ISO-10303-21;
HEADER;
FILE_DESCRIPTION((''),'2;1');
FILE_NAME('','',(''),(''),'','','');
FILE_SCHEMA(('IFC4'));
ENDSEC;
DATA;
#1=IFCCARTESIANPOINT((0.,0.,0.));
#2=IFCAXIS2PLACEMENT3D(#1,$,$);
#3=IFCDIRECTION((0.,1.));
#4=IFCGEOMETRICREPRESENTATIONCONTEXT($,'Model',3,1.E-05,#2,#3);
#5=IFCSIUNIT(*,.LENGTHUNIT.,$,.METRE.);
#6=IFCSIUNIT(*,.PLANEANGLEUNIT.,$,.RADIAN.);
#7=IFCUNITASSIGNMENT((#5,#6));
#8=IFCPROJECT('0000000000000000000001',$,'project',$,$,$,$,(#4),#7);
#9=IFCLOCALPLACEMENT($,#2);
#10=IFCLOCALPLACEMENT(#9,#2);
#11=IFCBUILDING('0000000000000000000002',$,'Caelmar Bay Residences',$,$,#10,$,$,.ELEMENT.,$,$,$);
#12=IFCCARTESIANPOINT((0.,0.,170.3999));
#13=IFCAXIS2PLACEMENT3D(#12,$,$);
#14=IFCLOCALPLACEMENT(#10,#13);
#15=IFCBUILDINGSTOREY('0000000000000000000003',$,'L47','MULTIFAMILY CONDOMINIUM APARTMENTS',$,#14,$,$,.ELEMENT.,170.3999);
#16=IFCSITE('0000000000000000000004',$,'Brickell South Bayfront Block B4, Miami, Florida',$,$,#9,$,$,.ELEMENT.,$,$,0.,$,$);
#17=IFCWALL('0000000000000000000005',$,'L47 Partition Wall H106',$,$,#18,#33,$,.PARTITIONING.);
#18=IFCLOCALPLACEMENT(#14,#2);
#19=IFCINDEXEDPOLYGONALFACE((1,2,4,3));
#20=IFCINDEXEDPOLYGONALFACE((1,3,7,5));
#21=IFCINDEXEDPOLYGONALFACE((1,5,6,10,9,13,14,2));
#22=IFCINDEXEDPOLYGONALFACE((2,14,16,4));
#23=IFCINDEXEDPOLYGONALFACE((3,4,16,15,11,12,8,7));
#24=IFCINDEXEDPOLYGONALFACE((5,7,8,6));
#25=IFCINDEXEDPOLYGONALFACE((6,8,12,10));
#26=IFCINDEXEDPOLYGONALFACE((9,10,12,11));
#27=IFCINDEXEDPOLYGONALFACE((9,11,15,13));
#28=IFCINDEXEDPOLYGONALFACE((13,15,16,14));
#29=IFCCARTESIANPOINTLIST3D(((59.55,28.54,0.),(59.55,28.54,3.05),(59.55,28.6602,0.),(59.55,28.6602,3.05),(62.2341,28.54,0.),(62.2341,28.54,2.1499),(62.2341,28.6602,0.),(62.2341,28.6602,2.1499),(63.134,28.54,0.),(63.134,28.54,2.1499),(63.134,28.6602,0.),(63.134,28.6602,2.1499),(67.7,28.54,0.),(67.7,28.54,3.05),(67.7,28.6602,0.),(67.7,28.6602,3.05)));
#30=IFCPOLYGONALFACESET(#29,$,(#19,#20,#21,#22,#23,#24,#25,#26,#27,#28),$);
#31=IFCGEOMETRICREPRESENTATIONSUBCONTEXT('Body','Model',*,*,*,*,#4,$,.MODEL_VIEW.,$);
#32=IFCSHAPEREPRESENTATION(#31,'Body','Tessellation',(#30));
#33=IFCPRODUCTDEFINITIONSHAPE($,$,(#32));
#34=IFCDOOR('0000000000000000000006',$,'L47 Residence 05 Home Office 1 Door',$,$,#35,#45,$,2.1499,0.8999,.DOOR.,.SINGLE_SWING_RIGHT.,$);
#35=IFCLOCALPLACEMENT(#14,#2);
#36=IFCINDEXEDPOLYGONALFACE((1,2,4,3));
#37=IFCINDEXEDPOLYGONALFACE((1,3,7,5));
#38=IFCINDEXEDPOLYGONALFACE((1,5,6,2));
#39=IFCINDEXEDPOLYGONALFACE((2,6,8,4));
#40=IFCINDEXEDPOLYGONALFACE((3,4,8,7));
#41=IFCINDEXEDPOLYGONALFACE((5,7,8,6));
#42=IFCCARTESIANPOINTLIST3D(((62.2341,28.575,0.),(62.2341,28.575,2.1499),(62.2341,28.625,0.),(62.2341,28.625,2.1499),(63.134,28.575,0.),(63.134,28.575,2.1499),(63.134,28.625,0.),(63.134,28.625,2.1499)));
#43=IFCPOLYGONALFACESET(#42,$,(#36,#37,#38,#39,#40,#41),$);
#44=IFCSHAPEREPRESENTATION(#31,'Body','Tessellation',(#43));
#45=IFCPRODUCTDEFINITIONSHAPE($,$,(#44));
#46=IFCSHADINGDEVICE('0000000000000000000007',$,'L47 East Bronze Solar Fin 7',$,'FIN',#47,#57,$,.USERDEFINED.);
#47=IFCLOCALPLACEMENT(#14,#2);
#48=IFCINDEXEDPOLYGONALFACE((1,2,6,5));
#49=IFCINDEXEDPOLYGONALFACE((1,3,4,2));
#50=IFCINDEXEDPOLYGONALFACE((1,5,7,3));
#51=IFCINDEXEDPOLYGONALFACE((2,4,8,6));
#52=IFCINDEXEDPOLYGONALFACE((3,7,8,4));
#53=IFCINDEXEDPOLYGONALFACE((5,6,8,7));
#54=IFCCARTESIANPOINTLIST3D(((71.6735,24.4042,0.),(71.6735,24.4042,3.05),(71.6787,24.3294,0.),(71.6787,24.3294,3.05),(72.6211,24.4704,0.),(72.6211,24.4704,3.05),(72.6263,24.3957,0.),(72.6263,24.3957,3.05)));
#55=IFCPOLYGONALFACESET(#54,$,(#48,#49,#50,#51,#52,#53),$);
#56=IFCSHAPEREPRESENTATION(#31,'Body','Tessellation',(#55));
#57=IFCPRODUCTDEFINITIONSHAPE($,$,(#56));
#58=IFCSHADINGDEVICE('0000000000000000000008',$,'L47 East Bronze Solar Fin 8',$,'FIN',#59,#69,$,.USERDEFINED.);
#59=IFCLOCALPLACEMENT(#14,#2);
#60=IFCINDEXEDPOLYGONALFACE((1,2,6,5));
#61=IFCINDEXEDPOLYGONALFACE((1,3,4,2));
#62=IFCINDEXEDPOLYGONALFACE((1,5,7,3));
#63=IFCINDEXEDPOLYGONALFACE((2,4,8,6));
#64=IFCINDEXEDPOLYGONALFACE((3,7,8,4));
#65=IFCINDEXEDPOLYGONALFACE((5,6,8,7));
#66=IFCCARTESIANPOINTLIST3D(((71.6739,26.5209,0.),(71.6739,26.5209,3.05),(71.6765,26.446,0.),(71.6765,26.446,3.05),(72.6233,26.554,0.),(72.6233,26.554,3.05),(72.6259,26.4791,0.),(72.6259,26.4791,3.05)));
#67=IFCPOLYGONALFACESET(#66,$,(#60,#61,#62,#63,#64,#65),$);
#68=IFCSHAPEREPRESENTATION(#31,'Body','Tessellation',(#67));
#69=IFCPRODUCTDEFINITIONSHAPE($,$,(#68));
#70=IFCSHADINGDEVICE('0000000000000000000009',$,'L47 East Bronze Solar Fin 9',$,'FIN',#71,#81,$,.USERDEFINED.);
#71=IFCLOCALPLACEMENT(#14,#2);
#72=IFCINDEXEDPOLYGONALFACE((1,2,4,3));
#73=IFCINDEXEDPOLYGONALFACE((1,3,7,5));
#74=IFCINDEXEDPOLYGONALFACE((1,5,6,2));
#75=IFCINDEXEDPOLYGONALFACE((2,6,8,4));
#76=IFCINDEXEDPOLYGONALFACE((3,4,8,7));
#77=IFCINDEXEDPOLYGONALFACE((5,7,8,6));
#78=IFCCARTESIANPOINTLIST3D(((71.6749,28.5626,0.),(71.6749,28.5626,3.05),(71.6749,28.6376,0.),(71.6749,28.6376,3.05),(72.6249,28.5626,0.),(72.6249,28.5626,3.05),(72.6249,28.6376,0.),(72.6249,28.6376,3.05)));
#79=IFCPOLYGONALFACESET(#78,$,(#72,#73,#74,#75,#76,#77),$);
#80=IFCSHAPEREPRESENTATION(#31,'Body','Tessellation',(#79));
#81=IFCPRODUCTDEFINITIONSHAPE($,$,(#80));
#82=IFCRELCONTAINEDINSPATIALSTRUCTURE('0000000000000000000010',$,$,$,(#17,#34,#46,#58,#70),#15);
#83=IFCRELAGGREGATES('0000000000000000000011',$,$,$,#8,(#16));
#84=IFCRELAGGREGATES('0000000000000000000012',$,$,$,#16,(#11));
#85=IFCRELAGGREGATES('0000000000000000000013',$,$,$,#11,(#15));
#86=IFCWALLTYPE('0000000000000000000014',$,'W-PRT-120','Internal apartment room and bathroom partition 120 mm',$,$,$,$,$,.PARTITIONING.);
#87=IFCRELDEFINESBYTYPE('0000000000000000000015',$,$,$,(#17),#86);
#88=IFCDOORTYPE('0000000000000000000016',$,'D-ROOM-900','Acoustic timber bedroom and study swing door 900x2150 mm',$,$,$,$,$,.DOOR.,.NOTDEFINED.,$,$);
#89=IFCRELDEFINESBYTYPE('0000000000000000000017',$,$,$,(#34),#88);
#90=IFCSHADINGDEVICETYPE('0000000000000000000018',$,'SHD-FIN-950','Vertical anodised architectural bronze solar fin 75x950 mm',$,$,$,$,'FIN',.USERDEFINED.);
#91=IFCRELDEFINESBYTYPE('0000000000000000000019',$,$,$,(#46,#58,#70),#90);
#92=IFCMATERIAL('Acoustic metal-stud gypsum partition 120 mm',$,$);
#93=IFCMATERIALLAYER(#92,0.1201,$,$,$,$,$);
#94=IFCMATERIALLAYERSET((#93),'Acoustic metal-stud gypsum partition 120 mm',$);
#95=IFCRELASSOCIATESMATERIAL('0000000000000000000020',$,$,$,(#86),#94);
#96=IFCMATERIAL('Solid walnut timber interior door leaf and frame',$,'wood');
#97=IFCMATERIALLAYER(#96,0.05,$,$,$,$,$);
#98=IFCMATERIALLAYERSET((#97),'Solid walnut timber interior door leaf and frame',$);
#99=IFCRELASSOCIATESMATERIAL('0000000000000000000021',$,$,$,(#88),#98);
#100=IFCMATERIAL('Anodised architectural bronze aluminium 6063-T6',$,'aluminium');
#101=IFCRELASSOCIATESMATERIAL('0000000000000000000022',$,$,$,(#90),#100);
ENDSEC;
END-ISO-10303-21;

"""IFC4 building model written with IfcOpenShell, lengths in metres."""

from ifc_helpers import new_model, si_unit, direction, frame, frame_2d, origin, origin_2d, place, context, subcontext, project, spatial, rectangle, extrude, material, layer, layer_set, material_profile, profile_set, type_object, element, fill, save


model = new_model("IFC4")

# Units and contexts
model_context = context("Model", 3, precision=1e-05, world=origin(), true_north=direction((0.0, 1.0)))
body_context = subcontext(model_context, "Body", "Model", "MODEL_VIEW")
ifc_project = project(units=[si_unit("LENGTHUNIT", "METRE"), si_unit("PLANEANGLEUNIT", "RADIAN")], contexts=[model_context])

# Site, building, storey
site_placement = place(None, origin())
site = spatial("IfcSite", under=ifc_project, at=site_placement, Name="Brickell South Bayfront Block B4, Miami, Florida", CompositionType="ELEMENT", RefElevation=0.0)
building_placement = place(site_placement, origin())
building = spatial("IfcBuilding", under=site, at=building_placement, Name="Caelmar Bay Residences", CompositionType="ELEMENT")
storey_placement = place(building_placement, frame((0.0, 0.0, 170.3999)))
storey = spatial("IfcBuildingStorey", under=building, at=storey_placement, Name="L47", Description="MULTIFAMILY CONDOMINIUM APARTMENTS", CompositionType="ELEMENT", Elevation=170.3999)

# Shared definitions
ifc_material_1 = material(Name="Acoustic metal-stud gypsum partition 120 mm")
ifc_layer_1 = layer(ifc_material_1, 0.1201)
ifc_layer_set_1 = layer_set([ifc_layer_1], Name="Acoustic metal-stud gypsum partition 120 mm")
wall_type = type_object("IfcWallType", Name="W-PRT-120", Description="Internal apartment room and bathroom partition 120 mm", PredefinedType="PARTITIONING", material=ifc_layer_set_1)

# Shared definitions
ifc_material_2 = material(Name="Solid walnut timber interior door leaf and frame", Category="wood")
ifc_layer_2 = layer(ifc_material_2, 0.05)
ifc_layer_set_2 = layer_set([ifc_layer_2], Name="Solid walnut timber interior door leaf and frame")
door_type_1 = type_object("IfcDoorType", Name="D-ROOM-900", Description="Acoustic timber bedroom and study swing door 900x2150 mm", OperationType="NOTDEFINED", PredefinedType="DOOR", material=ifc_layer_set_2)

# Wall, opening, door
wall_1_placement = place(storey_placement, frame((59.55, 28.6001, 0.0), z_axis=(0.0, 0.0, 1.0), x_axis=(1.0, 0.0, 0.0)))
wall_1 = element("IfcWall", 1, at=wall_1_placement, inside=storey, type_object=wall_type, Name="L47 Partition Wall H106", PredefinedType="PARTITIONING", context=body_context, shape_type="SweptSolid", body=[
    extrude(rectangle(XDim=8.1499, YDim=0.1201, at=frame_2d((4.075, 0.0))), origin(), (0.0, 0.0, 1.0), 3.05),
])
opening_1_placement = place(wall_1_placement, frame((2.6841, 0.0, 0.0)))
opening_1 = element("IfcOpeningElement", 2, at=opening_1_placement, cuts=wall_1, PredefinedType="OPENING", context=body_context, shape_type="SweptSolid", body=[
    extrude(rectangle(XDim=0.8999, YDim=2.1499, at=frame_2d((0.45, 1.075))), frame((0.0, 0.0701, 0.0), z_axis=(0.0, -1.0, 0.0), x_axis=(1.0, 0.0, 0.0)), (0.0, 0.0, 1.0), 0.1401),
])
door_1_placement = place(opening_1_placement, origin())
door_1 = element("IfcDoor", 3, at=door_1_placement, inside=storey, type_object=door_type_1, Name="L47 Residence 05 Home Office 1 Door", OperationType="SINGLE_SWING_RIGHT", OverallHeight=2.1499, OverallWidth=0.8999, PredefinedType="DOOR", context=body_context, shape_type="SweptSolid", body=[
    extrude(rectangle(XDim=0.8999, YDim=2.1499, at=frame_2d((0.45, 1.075))), frame((0.0, 0.0249, 0.0), z_axis=(0.0, -1.0, 0.0), x_axis=(1.0, 0.0, 0.0)), (0.0, 0.0, 1.0), 0.05),
])
fill(opening_1, door_1)

# Shading devices
ifc_material_3 = material(Name="Anodised architectural bronze aluminium 6063-T6", Category="aluminium")
ifc_material_profile_1 = material_profile(ifc_material_3, rectangle(XDim=0.075, YDim=0.95, at=origin_2d()), Name="BRONZE-FIN-75X950")
ifc_profile_set_1 = profile_set([ifc_material_profile_1], Name="Anodised architectural bronze aluminium 6063-T6")
shading_device_type = type_object("IfcShadingDeviceType", Name="SHD-FIN-950", Description="Vertical anodised architectural bronze solar fin 75x950 mm", ElementType="FIN", PredefinedType="USERDEFINED", material=ifc_profile_set_1)
for number, where, z_axis, x_axis, name in (
    (4, (72.1499, 24.3999, 0.0), (0.0, 0.0, 1.0), (-0.069756, 0.997564, 0.0), "L47 East Bronze Solar Fin 7"),
    (5, (72.1499, 26.5, 0.0), (0.0, 0.0, 1.0), (-0.034899, 0.999391, 0.0), "L47 East Bronze Solar Fin 8"),
    (6, (72.1499, 28.6001, 0.0), (0.0, 0.0, 1.0), (0.0, 1.0, 0.0), "L47 East Bronze Solar Fin 9"),
):
    element("IfcShadingDevice", number, at=place(storey_placement, frame(where, z_axis=z_axis, x_axis=x_axis)), inside=storey, type_object=shading_device_type, Name=name, ObjectType="FIN", PredefinedType="USERDEFINED", context=body_context, shape_type="SweptSolid", body=[
        extrude(rectangle(XDim=0.075, YDim=0.95, at=origin_2d()), origin(), (0.0, 0.0, 1.0), 3.05),
    ])

save(model, "model.ifc")
